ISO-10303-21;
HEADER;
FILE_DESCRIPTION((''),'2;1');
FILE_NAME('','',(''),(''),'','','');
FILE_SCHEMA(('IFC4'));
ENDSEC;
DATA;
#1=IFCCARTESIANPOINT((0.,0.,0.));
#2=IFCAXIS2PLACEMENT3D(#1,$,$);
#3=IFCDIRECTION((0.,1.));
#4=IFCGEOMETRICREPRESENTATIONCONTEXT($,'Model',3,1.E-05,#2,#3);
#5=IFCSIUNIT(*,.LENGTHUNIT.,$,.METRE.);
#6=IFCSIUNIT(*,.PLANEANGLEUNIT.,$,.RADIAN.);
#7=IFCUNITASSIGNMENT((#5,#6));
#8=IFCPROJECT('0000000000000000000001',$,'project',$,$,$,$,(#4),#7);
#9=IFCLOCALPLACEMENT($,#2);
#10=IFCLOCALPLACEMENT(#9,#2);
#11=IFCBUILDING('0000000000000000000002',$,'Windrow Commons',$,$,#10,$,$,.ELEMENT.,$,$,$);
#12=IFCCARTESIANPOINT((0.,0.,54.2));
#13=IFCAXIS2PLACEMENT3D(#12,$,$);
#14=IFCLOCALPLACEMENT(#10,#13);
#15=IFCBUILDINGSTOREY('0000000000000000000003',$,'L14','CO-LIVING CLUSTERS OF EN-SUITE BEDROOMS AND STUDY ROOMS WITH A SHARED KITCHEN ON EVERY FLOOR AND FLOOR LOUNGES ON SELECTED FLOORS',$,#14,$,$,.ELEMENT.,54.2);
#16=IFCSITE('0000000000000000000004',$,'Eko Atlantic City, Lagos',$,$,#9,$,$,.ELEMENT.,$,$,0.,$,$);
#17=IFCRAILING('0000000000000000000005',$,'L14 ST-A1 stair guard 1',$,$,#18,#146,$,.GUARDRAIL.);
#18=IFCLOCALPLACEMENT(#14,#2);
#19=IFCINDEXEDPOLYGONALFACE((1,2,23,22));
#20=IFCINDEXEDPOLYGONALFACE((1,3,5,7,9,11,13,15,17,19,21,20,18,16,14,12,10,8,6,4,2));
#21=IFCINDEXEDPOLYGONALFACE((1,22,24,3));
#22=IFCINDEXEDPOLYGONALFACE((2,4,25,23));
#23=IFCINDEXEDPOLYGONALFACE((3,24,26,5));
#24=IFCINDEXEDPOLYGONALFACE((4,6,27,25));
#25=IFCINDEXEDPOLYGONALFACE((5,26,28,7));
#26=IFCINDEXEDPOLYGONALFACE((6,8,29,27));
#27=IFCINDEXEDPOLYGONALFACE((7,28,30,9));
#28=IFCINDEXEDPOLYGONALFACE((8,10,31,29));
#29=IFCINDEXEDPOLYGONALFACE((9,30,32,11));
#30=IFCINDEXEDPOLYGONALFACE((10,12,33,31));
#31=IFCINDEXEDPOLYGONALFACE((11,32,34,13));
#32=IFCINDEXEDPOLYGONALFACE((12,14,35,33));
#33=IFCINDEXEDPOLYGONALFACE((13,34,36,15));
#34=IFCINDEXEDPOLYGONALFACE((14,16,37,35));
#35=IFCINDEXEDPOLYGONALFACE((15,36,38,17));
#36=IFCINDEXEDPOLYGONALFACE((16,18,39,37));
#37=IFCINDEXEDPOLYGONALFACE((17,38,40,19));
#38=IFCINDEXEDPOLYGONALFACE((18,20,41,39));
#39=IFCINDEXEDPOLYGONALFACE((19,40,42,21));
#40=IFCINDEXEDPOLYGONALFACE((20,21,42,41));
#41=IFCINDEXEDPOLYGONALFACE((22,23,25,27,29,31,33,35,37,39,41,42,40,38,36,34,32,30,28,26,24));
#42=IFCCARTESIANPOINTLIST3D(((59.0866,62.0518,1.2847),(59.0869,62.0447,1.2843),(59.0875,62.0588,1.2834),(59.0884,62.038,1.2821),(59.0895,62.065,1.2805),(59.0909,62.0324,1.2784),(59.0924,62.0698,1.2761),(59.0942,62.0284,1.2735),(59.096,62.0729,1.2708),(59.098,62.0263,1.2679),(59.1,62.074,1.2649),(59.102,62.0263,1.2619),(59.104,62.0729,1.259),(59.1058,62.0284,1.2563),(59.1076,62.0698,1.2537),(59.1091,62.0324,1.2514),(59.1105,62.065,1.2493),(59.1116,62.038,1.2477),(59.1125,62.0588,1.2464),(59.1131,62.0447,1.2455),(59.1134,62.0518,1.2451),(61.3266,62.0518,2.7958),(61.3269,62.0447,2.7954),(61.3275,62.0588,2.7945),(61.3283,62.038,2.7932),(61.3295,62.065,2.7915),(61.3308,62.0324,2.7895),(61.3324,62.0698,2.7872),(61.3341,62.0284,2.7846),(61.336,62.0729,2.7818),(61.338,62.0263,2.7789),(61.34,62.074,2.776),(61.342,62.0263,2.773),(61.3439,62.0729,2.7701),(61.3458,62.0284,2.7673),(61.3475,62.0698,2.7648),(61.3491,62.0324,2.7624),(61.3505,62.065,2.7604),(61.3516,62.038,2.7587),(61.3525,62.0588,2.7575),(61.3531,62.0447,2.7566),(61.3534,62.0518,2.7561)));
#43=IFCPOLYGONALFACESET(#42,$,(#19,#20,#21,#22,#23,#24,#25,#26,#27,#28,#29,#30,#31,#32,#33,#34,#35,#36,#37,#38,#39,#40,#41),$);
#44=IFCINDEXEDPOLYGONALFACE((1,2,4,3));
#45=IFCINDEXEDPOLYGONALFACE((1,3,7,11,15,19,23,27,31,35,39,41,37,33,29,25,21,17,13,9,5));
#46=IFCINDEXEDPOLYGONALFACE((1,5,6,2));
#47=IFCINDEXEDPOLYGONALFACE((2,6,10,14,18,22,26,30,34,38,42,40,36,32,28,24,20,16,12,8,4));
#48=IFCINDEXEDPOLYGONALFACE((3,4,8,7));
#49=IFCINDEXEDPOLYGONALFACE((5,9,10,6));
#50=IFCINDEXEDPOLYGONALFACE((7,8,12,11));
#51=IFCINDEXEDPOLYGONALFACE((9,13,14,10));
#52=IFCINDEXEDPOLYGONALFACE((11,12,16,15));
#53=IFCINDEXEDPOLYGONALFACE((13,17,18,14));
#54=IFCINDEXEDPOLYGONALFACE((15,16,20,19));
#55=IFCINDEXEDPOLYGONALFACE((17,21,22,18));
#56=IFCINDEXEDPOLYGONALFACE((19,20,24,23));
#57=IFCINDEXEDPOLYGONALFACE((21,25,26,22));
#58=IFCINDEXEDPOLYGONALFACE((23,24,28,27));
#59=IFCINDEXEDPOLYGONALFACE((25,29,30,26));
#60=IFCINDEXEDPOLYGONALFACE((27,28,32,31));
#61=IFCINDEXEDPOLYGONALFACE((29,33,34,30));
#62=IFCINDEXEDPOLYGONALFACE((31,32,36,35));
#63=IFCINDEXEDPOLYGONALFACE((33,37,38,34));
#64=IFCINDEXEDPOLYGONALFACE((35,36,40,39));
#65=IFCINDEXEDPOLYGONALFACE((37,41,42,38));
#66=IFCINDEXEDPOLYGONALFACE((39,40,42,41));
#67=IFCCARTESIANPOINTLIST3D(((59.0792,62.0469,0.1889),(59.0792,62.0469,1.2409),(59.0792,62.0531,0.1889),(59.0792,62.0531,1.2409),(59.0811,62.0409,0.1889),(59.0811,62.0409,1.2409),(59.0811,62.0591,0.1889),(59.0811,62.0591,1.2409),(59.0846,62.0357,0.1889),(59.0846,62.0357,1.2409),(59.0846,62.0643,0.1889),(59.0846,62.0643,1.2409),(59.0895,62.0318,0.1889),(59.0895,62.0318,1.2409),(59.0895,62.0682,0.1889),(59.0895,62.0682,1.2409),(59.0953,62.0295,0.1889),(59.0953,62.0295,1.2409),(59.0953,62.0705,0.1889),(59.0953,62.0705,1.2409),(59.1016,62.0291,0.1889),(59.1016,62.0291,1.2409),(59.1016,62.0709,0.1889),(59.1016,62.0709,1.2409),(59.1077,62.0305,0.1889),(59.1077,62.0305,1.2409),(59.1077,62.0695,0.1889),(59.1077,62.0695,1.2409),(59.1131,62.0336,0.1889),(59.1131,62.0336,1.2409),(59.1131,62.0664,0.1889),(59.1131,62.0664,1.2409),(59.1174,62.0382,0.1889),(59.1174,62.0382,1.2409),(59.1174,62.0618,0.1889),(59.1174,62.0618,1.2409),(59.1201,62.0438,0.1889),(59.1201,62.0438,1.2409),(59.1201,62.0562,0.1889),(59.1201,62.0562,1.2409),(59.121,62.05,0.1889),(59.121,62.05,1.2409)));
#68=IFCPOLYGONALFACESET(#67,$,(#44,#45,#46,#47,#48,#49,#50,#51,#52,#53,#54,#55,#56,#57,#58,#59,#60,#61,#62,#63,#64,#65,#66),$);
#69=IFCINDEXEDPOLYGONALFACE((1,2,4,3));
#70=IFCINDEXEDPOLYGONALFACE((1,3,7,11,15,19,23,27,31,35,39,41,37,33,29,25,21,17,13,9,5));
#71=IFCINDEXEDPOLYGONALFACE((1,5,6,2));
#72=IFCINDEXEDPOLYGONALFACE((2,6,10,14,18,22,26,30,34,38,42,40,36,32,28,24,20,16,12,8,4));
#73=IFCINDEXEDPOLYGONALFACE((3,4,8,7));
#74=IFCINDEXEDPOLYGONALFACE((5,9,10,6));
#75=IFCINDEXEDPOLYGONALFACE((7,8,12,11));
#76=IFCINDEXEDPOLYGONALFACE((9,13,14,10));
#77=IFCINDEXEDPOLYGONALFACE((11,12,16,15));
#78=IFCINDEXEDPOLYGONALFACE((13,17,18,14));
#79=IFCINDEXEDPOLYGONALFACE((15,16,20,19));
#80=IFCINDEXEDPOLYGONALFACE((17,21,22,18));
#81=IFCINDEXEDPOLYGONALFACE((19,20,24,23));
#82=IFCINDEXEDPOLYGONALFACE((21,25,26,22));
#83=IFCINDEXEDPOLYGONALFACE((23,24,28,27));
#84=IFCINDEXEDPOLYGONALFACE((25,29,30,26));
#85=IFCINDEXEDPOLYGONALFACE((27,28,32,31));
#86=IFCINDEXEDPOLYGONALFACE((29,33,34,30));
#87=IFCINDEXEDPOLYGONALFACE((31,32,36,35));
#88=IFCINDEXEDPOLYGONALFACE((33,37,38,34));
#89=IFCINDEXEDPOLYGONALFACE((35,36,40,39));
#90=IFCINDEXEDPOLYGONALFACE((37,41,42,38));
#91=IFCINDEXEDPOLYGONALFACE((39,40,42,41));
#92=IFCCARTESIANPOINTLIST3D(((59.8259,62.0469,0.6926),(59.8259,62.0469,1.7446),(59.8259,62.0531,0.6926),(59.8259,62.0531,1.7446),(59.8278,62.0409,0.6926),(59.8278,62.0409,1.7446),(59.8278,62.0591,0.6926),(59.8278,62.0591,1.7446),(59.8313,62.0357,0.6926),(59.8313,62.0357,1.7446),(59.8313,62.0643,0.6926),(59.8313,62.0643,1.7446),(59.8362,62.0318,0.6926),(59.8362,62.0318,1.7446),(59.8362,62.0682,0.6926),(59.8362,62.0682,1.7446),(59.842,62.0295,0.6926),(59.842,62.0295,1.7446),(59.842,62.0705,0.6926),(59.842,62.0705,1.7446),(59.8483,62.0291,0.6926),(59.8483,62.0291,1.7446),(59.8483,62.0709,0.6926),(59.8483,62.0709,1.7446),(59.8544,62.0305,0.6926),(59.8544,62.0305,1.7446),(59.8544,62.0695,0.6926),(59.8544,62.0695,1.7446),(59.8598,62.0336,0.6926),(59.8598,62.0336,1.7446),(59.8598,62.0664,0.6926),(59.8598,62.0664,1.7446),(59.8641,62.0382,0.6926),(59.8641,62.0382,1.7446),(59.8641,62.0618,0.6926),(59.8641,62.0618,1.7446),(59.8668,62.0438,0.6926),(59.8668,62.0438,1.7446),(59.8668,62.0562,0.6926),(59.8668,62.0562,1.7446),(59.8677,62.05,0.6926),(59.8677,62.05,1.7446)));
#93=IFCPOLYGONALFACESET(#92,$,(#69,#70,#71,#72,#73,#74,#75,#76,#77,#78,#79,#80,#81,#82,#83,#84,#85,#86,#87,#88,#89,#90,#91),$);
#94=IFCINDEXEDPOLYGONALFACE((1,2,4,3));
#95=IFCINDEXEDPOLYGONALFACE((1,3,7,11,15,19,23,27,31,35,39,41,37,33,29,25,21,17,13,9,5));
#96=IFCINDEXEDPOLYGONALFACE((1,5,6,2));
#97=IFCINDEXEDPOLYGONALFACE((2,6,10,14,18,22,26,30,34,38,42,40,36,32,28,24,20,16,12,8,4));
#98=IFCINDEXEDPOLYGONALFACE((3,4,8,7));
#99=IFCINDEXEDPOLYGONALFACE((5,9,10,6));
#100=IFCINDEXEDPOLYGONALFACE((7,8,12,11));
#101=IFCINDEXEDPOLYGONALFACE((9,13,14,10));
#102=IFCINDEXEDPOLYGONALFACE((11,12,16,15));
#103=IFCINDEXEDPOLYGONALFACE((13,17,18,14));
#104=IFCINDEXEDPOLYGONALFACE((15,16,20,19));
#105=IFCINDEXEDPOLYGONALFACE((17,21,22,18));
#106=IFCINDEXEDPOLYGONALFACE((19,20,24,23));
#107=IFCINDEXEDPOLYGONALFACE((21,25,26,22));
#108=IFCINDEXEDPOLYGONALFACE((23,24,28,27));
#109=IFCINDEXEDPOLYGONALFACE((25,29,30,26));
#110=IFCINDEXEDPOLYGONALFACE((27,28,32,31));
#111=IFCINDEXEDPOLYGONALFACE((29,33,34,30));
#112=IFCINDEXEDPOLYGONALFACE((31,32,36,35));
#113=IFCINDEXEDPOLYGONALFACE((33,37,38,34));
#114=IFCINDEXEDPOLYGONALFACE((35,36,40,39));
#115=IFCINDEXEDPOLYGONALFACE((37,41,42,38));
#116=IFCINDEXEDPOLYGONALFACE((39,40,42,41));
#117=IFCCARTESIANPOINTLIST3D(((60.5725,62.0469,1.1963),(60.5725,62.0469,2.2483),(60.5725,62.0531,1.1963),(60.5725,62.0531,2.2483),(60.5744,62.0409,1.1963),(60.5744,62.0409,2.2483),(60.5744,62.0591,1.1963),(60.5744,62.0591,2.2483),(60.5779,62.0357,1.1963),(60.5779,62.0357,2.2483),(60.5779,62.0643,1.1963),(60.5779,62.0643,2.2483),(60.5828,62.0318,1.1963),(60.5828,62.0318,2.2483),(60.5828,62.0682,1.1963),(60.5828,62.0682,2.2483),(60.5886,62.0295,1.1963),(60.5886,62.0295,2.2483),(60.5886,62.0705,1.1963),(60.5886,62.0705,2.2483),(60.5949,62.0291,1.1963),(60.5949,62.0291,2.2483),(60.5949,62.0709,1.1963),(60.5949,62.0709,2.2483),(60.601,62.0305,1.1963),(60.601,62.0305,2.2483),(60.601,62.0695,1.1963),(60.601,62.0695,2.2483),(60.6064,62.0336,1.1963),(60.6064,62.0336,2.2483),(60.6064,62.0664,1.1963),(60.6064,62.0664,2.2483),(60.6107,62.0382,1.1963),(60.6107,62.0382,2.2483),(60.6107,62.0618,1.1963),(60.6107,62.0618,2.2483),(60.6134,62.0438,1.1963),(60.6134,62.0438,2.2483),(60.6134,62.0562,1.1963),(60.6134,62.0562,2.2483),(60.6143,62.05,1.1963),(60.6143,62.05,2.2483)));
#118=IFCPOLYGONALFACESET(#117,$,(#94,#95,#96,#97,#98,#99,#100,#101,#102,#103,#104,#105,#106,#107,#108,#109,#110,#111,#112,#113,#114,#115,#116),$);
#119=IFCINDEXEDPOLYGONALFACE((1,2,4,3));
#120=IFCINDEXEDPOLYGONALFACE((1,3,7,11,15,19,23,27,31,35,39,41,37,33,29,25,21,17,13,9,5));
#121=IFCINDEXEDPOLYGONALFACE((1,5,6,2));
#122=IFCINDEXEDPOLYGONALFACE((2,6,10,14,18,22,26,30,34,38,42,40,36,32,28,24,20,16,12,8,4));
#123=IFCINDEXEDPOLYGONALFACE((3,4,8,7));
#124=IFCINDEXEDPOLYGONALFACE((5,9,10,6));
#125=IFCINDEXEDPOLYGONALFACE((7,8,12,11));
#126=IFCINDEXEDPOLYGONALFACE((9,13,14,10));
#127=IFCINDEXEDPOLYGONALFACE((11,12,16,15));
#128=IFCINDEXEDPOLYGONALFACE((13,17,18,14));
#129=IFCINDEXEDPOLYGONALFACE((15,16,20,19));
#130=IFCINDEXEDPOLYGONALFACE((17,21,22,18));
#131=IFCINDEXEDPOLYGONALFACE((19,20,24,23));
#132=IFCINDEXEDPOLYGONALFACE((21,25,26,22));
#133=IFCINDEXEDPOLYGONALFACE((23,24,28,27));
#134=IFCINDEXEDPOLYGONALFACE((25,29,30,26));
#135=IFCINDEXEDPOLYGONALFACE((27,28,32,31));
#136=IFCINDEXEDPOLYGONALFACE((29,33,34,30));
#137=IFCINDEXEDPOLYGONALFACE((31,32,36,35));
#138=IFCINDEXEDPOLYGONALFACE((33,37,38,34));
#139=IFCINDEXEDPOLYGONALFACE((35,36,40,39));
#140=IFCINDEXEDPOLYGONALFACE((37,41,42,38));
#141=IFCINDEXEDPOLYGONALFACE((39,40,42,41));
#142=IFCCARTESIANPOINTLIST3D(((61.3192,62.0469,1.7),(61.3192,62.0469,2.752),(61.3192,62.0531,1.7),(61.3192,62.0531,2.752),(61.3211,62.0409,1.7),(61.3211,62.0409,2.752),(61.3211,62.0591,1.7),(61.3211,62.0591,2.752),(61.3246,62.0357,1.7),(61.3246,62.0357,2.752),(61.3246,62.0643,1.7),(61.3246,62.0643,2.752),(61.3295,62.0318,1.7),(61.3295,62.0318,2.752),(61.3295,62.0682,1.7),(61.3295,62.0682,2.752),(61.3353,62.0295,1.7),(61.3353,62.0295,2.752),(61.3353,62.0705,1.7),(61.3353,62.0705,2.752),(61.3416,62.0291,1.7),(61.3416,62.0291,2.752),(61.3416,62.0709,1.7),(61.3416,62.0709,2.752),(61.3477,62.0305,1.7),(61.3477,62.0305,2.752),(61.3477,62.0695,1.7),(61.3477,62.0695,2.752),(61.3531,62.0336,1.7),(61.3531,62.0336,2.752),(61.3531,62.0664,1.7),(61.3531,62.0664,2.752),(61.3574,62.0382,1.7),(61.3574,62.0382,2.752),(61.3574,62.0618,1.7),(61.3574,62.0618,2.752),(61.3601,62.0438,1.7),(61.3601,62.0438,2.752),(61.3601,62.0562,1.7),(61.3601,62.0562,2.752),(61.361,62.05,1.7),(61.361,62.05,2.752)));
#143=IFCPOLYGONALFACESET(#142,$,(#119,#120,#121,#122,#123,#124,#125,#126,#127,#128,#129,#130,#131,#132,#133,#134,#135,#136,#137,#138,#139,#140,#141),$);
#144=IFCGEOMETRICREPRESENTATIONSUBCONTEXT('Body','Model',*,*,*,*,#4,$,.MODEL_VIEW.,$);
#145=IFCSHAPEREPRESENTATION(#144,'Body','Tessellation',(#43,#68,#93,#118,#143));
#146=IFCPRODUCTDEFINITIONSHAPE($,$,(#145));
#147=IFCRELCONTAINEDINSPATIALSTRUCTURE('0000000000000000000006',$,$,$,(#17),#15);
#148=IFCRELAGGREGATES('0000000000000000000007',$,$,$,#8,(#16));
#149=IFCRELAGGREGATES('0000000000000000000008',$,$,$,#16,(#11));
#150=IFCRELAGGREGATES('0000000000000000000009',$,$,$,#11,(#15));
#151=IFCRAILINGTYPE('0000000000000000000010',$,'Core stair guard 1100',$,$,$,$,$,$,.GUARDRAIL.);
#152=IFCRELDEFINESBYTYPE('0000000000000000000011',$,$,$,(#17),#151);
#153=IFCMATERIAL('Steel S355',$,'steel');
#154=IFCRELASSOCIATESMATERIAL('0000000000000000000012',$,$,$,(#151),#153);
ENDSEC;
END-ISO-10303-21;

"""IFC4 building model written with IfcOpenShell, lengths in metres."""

from ifc_helpers import new_model, si_unit, direction, frame, origin, origin_2d, place, context, subcontext, project, spatial, circle, extrude, material, type_object, element, save


model = new_model("IFC4")

# Units and contexts
model_context = context("Model", 3, precision=1e-05, world=origin(), true_north=direction((0.0, 1.0)))
body_context = subcontext(model_context, "Body", "Model", "MODEL_VIEW")
ifc_project = project(units=[si_unit("LENGTHUNIT", "METRE"), si_unit("PLANEANGLEUNIT", "RADIAN")], contexts=[model_context])

# Site, building, storey
site_placement = place(None, origin())
site = spatial("IfcSite", under=ifc_project, at=site_placement, Name="Eko Atlantic City, Lagos", CompositionType="ELEMENT", RefElevation=0.0)
building_placement = place(site_placement, origin())
building = spatial("IfcBuilding", under=site, at=building_placement, Name="Windrow Commons", CompositionType="ELEMENT")
storey_placement = place(building_placement, frame((0.0, 0.0, 54.2)))
storey = spatial("IfcBuildingStorey", under=building, at=storey_placement, Name="L14", Description="CO-LIVING CLUSTERS OF EN-SUITE BEDROOMS AND STUDY ROOMS WITH A SHARED KITCHEN ON EVERY FLOOR AND FLOOR LOUNGES ON SELECTED FLOORS", CompositionType="ELEMENT", Elevation=54.2)

# Railing
ifc_material_1 = material(Name="Steel S355", Category="steel")
railing_type_1 = type_object("IfcRailingType", Name="Core stair guard 1100", PredefinedType="GUARDRAIL", material=ifc_material_1)
railing_1_placement = place(storey_placement, frame((59.1, 62.05, 0.1889)))
element("IfcRailing", 1, at=railing_1_placement, inside=storey, type_object=railing_type_1, Name="L14 ST-A1 stair guard 1", PredefinedType="GUARDRAIL", context=body_context, shape_type="SweptSolid", body=[
    extrude(circle(Radius=0.024, at=origin_2d()), frame((0.0, 0.0, 1.076), z_axis=(0.829003, 0.0, 0.559244), x_axis=(0.0, 1.0, 0.0)), (0.0, 0.0, 1.0), 2.702),
    extrude(circle(Radius=0.021, at=origin_2d()), origin(), (0.0, 0.0, 1.0), 1.052),
    extrude(circle(Radius=0.021, at=origin_2d()), frame((0.7467, 0.0, 0.5037)), (0.0, 0.0, 1.0), 1.052),
    extrude(circle(Radius=0.021, at=origin_2d()), frame((1.4933, 0.0, 1.0074)), (0.0, 0.0, 1.0), 1.052),
    extrude(circle(Radius=0.021, at=origin_2d()), frame((2.24, 0.0, 1.5111)), (0.0, 0.0, 1.0), 1.052),
])

save(model, "model.ifc")
